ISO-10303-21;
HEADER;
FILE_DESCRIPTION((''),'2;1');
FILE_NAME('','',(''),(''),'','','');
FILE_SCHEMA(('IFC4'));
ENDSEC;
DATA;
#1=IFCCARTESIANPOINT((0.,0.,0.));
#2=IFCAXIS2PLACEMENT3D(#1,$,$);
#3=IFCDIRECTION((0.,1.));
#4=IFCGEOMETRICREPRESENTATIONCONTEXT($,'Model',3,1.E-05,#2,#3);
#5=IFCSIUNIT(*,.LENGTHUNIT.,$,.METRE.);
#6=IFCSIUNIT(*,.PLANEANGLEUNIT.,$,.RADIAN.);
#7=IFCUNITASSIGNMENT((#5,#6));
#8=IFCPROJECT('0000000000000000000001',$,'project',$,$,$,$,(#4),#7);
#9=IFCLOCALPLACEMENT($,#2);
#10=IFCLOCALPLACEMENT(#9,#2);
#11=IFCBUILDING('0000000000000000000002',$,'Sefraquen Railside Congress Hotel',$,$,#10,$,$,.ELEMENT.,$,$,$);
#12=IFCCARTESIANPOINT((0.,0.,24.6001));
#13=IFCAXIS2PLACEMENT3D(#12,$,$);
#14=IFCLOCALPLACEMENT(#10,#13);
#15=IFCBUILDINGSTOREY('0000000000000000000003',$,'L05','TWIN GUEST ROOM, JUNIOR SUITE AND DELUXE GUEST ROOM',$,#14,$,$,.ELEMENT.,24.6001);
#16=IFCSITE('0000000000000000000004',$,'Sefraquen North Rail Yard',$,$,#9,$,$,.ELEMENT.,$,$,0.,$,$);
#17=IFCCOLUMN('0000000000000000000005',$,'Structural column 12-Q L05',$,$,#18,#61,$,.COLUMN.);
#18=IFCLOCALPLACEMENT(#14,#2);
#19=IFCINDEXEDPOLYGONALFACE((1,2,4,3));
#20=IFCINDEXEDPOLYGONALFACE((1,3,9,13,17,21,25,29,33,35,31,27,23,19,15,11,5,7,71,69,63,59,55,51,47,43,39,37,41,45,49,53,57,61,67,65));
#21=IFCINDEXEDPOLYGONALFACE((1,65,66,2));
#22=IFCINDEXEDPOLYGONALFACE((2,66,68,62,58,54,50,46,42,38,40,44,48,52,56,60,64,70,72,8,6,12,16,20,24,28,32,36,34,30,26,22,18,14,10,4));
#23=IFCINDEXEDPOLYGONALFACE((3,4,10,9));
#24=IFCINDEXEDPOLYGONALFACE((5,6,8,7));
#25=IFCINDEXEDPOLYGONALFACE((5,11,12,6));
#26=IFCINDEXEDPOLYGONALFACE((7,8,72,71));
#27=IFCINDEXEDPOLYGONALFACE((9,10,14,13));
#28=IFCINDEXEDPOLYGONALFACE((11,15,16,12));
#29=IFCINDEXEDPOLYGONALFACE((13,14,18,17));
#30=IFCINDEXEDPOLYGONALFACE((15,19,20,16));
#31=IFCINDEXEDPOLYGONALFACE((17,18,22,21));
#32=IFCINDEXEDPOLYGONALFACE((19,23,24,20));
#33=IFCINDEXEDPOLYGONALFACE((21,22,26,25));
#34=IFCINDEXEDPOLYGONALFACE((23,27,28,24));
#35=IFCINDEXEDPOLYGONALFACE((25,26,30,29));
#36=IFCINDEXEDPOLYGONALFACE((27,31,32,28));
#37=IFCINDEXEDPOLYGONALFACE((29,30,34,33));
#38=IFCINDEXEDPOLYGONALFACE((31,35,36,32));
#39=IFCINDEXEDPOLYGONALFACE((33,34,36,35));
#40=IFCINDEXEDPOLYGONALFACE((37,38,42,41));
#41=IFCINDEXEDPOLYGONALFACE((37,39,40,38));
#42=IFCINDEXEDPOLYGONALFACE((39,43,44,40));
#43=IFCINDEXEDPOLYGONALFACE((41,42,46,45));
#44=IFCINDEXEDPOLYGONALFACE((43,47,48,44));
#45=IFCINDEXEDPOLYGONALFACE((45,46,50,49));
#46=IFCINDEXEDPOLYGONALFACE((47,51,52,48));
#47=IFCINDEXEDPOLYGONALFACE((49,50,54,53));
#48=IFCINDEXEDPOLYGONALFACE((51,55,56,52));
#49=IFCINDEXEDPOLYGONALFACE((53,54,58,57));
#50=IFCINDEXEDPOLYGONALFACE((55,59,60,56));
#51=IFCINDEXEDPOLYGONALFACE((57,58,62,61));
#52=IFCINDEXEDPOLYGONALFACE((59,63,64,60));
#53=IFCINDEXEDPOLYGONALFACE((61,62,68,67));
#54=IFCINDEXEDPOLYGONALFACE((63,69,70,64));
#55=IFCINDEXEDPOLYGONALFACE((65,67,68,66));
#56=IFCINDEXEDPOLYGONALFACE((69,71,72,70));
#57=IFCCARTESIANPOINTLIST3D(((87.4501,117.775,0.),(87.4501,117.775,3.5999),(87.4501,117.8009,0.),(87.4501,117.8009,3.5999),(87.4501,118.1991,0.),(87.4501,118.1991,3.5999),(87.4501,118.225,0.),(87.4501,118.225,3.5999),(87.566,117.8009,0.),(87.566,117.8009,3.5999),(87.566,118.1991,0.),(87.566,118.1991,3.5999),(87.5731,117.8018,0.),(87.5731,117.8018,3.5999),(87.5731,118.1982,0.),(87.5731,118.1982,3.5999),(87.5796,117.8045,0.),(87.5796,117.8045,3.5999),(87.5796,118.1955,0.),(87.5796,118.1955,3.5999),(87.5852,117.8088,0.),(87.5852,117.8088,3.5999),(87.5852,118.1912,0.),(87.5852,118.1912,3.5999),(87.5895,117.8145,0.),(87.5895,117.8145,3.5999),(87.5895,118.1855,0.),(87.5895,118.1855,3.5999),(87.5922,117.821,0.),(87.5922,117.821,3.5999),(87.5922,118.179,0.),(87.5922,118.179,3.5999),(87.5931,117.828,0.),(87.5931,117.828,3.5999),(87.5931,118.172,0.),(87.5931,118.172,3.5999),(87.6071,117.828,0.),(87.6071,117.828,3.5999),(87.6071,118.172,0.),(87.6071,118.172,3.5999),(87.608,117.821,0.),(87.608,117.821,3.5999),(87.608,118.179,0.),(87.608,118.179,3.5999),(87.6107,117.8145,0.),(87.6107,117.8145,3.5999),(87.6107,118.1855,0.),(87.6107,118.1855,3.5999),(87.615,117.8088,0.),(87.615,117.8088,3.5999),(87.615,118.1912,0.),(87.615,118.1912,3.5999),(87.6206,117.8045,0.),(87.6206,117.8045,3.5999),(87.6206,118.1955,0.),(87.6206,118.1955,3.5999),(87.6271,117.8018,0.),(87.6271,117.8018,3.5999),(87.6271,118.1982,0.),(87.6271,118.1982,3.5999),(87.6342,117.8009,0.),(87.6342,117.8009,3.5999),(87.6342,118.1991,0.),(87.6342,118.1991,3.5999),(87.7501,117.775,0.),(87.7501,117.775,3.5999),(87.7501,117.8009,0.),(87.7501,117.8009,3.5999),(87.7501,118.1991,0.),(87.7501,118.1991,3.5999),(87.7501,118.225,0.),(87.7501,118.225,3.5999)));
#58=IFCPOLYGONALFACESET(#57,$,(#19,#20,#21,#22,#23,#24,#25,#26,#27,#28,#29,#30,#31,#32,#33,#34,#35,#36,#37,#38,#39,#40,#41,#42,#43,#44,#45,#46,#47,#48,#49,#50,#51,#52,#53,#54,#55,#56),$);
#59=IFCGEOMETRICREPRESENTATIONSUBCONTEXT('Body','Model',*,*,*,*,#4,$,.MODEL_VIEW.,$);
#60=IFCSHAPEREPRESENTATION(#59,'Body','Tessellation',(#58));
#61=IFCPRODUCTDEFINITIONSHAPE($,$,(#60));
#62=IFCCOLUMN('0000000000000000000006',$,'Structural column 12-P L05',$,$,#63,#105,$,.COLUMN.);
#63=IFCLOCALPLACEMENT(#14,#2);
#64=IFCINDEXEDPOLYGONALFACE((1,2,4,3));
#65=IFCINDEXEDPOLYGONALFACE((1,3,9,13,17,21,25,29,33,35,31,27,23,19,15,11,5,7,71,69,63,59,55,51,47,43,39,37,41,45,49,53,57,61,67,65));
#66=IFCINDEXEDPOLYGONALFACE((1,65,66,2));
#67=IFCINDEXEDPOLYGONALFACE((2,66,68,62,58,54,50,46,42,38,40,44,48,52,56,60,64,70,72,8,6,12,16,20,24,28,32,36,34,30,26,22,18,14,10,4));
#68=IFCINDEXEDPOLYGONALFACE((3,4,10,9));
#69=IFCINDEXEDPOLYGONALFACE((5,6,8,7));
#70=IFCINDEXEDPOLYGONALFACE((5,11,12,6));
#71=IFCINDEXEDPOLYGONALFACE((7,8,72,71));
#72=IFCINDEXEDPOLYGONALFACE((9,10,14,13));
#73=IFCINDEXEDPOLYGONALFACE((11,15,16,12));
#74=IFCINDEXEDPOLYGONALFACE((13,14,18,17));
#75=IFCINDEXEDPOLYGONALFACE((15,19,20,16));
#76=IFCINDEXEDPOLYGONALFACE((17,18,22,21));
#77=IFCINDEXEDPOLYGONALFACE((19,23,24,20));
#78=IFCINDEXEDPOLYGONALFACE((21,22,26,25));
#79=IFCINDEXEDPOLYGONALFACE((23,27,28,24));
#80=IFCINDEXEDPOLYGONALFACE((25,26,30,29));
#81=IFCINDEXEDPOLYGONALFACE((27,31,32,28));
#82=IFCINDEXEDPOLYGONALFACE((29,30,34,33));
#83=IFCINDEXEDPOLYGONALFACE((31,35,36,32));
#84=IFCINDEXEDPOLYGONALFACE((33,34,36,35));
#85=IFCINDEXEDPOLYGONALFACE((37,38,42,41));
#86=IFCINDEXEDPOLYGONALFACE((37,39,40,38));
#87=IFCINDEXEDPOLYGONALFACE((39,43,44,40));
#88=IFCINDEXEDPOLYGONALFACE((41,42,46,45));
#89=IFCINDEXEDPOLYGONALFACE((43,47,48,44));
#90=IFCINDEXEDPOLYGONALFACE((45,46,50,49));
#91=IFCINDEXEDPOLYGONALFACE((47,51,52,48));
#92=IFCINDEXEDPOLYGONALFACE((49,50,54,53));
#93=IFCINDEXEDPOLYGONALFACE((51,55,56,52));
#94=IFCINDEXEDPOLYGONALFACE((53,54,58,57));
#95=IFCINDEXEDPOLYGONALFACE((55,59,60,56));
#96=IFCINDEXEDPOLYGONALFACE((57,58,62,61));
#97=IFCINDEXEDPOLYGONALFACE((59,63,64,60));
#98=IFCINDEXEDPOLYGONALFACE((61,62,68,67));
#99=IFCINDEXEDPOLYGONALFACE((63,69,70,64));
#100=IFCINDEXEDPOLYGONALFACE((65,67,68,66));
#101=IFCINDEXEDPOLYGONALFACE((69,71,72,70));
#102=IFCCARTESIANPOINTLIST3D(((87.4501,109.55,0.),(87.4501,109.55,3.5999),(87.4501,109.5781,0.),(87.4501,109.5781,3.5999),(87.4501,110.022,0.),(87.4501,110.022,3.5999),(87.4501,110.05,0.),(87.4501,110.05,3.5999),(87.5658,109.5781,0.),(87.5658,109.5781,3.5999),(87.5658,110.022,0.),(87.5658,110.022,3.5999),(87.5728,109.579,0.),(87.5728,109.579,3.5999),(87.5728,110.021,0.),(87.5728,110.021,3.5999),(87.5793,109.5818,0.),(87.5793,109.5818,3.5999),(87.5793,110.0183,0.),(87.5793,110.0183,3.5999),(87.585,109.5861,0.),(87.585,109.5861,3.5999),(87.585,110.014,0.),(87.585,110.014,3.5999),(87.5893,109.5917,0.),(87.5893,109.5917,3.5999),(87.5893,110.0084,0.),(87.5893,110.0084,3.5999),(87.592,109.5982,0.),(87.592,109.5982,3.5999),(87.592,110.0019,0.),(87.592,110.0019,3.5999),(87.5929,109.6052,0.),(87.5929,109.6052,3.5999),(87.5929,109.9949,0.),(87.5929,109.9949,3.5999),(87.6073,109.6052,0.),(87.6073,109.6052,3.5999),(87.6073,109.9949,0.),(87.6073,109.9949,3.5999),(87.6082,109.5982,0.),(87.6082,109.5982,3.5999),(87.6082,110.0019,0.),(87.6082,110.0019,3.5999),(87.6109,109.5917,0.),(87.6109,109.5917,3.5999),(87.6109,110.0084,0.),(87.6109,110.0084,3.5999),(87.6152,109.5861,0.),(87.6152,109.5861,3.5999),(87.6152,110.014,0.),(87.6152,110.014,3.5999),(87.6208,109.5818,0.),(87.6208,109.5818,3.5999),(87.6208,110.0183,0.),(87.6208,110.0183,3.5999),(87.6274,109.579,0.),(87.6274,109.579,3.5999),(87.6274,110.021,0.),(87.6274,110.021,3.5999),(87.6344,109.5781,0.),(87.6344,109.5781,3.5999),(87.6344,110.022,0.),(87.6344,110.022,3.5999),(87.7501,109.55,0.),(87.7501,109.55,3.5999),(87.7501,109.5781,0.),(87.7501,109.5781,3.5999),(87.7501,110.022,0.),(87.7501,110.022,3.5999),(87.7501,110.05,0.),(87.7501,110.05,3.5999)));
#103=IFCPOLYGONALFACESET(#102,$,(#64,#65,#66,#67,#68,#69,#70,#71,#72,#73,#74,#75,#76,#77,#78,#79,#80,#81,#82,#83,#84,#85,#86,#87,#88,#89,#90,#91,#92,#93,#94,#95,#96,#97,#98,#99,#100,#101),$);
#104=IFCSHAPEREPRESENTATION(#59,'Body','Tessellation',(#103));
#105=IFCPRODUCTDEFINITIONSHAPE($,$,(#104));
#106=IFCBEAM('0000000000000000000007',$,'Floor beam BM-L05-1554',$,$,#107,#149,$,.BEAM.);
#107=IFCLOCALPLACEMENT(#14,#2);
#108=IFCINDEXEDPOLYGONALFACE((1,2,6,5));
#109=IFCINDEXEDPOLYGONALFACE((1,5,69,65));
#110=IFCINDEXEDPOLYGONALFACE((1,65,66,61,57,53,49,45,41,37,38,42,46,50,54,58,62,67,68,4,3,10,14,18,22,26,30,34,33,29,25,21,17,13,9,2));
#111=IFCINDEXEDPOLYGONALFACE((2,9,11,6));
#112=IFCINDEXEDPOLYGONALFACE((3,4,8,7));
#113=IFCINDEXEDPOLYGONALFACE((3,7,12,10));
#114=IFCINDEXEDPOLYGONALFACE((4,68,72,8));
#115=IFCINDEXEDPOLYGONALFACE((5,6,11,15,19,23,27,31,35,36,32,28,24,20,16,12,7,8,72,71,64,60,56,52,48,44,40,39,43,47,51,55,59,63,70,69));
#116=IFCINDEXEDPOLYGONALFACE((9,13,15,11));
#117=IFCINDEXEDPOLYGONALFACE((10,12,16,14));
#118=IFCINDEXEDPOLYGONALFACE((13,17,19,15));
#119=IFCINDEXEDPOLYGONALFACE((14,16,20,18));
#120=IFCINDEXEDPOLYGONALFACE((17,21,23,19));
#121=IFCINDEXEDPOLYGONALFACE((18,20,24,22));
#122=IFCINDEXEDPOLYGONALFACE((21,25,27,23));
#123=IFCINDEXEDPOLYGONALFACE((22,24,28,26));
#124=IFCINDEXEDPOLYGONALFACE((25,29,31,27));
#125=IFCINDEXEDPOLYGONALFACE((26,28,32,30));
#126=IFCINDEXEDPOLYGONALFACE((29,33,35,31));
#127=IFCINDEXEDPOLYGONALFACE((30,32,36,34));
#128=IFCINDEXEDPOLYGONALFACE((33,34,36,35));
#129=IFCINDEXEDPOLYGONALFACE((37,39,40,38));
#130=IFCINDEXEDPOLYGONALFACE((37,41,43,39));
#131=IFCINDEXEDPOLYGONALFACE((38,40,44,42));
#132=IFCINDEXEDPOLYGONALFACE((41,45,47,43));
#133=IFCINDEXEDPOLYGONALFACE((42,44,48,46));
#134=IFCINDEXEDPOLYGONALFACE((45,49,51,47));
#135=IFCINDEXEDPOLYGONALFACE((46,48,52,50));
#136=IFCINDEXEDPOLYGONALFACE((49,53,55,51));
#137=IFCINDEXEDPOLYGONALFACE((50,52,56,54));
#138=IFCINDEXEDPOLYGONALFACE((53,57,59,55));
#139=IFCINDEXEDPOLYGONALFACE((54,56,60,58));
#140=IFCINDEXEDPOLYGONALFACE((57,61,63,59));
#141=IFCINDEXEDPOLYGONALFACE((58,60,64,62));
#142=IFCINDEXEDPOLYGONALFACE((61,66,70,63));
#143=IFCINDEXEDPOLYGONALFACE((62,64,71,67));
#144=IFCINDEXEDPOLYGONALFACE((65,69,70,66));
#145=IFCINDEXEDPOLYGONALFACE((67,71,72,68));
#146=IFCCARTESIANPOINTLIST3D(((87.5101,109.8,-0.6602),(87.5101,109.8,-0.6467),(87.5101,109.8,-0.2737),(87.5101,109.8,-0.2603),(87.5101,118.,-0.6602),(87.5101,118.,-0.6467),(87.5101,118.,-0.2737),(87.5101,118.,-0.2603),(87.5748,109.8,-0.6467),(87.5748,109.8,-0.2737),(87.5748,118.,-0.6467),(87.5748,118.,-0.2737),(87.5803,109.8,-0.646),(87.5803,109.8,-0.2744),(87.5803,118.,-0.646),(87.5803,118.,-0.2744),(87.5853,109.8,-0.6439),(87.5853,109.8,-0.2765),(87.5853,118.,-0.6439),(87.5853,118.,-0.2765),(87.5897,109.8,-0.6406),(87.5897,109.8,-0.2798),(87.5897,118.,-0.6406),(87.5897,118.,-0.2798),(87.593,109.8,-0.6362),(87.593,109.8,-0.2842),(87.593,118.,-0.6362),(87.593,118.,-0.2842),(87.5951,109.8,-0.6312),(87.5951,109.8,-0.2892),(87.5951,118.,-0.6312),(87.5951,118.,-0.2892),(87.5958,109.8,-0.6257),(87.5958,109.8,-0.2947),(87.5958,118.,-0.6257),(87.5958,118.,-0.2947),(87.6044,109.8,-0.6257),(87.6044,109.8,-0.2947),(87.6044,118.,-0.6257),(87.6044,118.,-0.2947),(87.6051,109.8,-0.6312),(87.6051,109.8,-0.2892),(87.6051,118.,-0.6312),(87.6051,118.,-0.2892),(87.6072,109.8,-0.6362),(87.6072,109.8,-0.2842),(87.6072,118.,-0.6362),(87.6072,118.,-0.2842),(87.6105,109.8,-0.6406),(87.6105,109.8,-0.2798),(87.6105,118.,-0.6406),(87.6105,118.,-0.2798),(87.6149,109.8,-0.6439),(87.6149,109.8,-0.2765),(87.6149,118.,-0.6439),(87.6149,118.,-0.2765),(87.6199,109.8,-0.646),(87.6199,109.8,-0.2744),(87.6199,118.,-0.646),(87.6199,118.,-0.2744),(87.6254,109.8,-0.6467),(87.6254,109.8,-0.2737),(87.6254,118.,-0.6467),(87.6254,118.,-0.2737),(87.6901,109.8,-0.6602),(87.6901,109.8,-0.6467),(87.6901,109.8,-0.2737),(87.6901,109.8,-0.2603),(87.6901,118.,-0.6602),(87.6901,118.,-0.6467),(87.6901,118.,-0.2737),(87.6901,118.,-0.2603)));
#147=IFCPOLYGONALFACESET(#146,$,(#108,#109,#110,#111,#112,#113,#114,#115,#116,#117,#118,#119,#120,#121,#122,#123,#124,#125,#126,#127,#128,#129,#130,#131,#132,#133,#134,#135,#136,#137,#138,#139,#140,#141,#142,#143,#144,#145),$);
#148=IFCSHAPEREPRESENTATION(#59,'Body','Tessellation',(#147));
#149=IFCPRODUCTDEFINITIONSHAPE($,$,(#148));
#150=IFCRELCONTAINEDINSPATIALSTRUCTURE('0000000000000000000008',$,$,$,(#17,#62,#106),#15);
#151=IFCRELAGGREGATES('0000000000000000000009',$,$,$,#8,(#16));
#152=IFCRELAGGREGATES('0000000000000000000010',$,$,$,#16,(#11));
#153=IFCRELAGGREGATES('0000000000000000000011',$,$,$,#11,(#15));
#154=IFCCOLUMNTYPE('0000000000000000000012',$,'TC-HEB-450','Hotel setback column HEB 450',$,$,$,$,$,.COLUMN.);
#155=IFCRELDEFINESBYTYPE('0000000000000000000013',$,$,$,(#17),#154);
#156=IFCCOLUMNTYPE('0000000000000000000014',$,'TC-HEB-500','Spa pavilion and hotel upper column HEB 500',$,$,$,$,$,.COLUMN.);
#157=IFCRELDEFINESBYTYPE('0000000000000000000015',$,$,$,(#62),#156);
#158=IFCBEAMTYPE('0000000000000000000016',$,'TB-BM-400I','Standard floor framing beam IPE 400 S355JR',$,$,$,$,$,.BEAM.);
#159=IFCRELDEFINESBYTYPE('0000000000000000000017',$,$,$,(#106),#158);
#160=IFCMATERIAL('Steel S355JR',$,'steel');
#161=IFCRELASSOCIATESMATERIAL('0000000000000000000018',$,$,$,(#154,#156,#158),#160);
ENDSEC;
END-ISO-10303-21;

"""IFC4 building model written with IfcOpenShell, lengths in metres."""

from ifc_helpers import new_model, si_unit, direction, frame, origin, origin_2d, place, context, subcontext, project, spatial, i_section, extrude, material, material_profile, profile_set, type_object, element, save


model = new_model("IFC4")

# Units and contexts
model_context = context("Model", 3, precision=1e-05, world=origin(), true_north=direction((0.0, 1.0)))
body_context = subcontext(model_context, "Body", "Model", "MODEL_VIEW")
ifc_project = project(units=[si_unit("LENGTHUNIT", "METRE"), si_unit("PLANEANGLEUNIT", "RADIAN")], contexts=[model_context])

# Site, building, storey
site_placement = place(None, origin())
site = spatial("IfcSite", under=ifc_project, at=site_placement, Name="Sefraquen North Rail Yard", CompositionType="ELEMENT", RefElevation=0.0)
building_placement = place(site_placement, origin())
building = spatial("IfcBuilding", under=site, at=building_placement, Name="Sefraquen Railside Congress Hotel", CompositionType="ELEMENT")
storey_placement = place(building_placement, frame((0.0, 0.0, 24.6001)))
storey = spatial("IfcBuildingStorey", under=building, at=storey_placement, Name="L05", Description="TWIN GUEST ROOM, JUNIOR SUITE AND DELUXE GUEST ROOM", CompositionType="ELEMENT", Elevation=24.6001)

# Columns
ifc_material_1 = material(Name="Steel S355JR", Category="steel")
ifc_material_profile_1 = material_profile(ifc_material_1, i_section(OverallWidth=0.3, OverallDepth=0.45, WebThickness=0.0139, FlangeThickness=0.0259, FilletRadius=0.0271, at=origin_2d()), Name="HEB 450")
ifc_profile_set_1 = profile_set([ifc_material_profile_1], Name="Steel S355JR")
column_type_1 = type_object("IfcColumnType", Name="TC-HEB-450", Description="Hotel setback column HEB 450", PredefinedType="COLUMN", material=ifc_profile_set_1)
column_1_placement = place(storey_placement, frame((87.6001, 118.0, 0.0), z_axis=(0.0, 0.0, 1.0), x_axis=(1.0, 0.0, 0.0)))
element("IfcColumn", 1, at=column_1_placement, inside=storey, type_object=column_type_1, Name="Structural column 12-Q L05", PredefinedType="COLUMN", context=body_context, shape_type="SweptSolid", body=[
    extrude(i_section(OverallWidth=0.3, OverallDepth=0.45, WebThickness=0.0139, FlangeThickness=0.0259, FilletRadius=0.0271, at=origin_2d()), origin(), (0.0, 0.0, 1.0), 3.5999),
])
ifc_material_profile_2 = material_profile(ifc_material_1, i_section(OverallWidth=0.3, OverallDepth=0.5, WebThickness=0.0144, FlangeThickness=0.0281, FilletRadius=0.0271, at=origin_2d()), Name="HEB 500")
ifc_profile_set_2 = profile_set([ifc_material_profile_2], Name="Steel S355JR")
column_type_2 = type_object("IfcColumnType", Name="TC-HEB-500", Description="Spa pavilion and hotel upper column HEB 500", PredefinedType="COLUMN", material=ifc_profile_set_2)
column_2_placement = place(storey_placement, frame((87.6001, 109.8, 0.0), z_axis=(0.0, 0.0, 1.0), x_axis=(1.0, 0.0, 0.0)))
element("IfcColumn", 2, at=column_2_placement, inside=storey, type_object=column_type_2, Name="Structural column 12-P L05", PredefinedType="COLUMN", context=body_context, shape_type="SweptSolid", body=[
    extrude(i_section(OverallWidth=0.3, OverallDepth=0.5, WebThickness=0.0144, FlangeThickness=0.0281, FilletRadius=0.0271, at=origin_2d()), origin(), (0.0, 0.0, 1.0), 3.5999),
])

# Beam
ifc_material_profile_3 = material_profile(ifc_material_1, i_section(OverallWidth=0.1799, OverallDepth=0.3999, WebThickness=0.0085, FlangeThickness=0.0134, FilletRadius=0.021, at=origin_2d()), Name="IPE 400")
ifc_profile_set_3 = profile_set([ifc_material_profile_3], Name="Steel S355JR")
beam_type_1 = type_object("IfcBeamType", Name="TB-BM-400I", Description="Standard floor framing beam IPE 400 S355JR", PredefinedType="BEAM", material=ifc_profile_set_3)
beam_1_placement = place(storey_placement, frame((87.6001, 109.8, -0.4602), z_axis=(0.0, 1.0, 0.0), x_axis=(-1.0, 0.0, 0.0)))
element("IfcBeam", 3, at=beam_1_placement, inside=storey, type_object=beam_type_1, Name="Floor beam BM-L05-1554", PredefinedType="BEAM", context=body_context, shape_type="SweptSolid", body=[
    extrude(i_section(OverallWidth=0.1799, OverallDepth=0.3999, WebThickness=0.0085, FlangeThickness=0.0134, FilletRadius=0.021, at=origin_2d()), origin(), (0.0, 0.0, 1.0), 8.2),
])

save(model, "model.ifc")
